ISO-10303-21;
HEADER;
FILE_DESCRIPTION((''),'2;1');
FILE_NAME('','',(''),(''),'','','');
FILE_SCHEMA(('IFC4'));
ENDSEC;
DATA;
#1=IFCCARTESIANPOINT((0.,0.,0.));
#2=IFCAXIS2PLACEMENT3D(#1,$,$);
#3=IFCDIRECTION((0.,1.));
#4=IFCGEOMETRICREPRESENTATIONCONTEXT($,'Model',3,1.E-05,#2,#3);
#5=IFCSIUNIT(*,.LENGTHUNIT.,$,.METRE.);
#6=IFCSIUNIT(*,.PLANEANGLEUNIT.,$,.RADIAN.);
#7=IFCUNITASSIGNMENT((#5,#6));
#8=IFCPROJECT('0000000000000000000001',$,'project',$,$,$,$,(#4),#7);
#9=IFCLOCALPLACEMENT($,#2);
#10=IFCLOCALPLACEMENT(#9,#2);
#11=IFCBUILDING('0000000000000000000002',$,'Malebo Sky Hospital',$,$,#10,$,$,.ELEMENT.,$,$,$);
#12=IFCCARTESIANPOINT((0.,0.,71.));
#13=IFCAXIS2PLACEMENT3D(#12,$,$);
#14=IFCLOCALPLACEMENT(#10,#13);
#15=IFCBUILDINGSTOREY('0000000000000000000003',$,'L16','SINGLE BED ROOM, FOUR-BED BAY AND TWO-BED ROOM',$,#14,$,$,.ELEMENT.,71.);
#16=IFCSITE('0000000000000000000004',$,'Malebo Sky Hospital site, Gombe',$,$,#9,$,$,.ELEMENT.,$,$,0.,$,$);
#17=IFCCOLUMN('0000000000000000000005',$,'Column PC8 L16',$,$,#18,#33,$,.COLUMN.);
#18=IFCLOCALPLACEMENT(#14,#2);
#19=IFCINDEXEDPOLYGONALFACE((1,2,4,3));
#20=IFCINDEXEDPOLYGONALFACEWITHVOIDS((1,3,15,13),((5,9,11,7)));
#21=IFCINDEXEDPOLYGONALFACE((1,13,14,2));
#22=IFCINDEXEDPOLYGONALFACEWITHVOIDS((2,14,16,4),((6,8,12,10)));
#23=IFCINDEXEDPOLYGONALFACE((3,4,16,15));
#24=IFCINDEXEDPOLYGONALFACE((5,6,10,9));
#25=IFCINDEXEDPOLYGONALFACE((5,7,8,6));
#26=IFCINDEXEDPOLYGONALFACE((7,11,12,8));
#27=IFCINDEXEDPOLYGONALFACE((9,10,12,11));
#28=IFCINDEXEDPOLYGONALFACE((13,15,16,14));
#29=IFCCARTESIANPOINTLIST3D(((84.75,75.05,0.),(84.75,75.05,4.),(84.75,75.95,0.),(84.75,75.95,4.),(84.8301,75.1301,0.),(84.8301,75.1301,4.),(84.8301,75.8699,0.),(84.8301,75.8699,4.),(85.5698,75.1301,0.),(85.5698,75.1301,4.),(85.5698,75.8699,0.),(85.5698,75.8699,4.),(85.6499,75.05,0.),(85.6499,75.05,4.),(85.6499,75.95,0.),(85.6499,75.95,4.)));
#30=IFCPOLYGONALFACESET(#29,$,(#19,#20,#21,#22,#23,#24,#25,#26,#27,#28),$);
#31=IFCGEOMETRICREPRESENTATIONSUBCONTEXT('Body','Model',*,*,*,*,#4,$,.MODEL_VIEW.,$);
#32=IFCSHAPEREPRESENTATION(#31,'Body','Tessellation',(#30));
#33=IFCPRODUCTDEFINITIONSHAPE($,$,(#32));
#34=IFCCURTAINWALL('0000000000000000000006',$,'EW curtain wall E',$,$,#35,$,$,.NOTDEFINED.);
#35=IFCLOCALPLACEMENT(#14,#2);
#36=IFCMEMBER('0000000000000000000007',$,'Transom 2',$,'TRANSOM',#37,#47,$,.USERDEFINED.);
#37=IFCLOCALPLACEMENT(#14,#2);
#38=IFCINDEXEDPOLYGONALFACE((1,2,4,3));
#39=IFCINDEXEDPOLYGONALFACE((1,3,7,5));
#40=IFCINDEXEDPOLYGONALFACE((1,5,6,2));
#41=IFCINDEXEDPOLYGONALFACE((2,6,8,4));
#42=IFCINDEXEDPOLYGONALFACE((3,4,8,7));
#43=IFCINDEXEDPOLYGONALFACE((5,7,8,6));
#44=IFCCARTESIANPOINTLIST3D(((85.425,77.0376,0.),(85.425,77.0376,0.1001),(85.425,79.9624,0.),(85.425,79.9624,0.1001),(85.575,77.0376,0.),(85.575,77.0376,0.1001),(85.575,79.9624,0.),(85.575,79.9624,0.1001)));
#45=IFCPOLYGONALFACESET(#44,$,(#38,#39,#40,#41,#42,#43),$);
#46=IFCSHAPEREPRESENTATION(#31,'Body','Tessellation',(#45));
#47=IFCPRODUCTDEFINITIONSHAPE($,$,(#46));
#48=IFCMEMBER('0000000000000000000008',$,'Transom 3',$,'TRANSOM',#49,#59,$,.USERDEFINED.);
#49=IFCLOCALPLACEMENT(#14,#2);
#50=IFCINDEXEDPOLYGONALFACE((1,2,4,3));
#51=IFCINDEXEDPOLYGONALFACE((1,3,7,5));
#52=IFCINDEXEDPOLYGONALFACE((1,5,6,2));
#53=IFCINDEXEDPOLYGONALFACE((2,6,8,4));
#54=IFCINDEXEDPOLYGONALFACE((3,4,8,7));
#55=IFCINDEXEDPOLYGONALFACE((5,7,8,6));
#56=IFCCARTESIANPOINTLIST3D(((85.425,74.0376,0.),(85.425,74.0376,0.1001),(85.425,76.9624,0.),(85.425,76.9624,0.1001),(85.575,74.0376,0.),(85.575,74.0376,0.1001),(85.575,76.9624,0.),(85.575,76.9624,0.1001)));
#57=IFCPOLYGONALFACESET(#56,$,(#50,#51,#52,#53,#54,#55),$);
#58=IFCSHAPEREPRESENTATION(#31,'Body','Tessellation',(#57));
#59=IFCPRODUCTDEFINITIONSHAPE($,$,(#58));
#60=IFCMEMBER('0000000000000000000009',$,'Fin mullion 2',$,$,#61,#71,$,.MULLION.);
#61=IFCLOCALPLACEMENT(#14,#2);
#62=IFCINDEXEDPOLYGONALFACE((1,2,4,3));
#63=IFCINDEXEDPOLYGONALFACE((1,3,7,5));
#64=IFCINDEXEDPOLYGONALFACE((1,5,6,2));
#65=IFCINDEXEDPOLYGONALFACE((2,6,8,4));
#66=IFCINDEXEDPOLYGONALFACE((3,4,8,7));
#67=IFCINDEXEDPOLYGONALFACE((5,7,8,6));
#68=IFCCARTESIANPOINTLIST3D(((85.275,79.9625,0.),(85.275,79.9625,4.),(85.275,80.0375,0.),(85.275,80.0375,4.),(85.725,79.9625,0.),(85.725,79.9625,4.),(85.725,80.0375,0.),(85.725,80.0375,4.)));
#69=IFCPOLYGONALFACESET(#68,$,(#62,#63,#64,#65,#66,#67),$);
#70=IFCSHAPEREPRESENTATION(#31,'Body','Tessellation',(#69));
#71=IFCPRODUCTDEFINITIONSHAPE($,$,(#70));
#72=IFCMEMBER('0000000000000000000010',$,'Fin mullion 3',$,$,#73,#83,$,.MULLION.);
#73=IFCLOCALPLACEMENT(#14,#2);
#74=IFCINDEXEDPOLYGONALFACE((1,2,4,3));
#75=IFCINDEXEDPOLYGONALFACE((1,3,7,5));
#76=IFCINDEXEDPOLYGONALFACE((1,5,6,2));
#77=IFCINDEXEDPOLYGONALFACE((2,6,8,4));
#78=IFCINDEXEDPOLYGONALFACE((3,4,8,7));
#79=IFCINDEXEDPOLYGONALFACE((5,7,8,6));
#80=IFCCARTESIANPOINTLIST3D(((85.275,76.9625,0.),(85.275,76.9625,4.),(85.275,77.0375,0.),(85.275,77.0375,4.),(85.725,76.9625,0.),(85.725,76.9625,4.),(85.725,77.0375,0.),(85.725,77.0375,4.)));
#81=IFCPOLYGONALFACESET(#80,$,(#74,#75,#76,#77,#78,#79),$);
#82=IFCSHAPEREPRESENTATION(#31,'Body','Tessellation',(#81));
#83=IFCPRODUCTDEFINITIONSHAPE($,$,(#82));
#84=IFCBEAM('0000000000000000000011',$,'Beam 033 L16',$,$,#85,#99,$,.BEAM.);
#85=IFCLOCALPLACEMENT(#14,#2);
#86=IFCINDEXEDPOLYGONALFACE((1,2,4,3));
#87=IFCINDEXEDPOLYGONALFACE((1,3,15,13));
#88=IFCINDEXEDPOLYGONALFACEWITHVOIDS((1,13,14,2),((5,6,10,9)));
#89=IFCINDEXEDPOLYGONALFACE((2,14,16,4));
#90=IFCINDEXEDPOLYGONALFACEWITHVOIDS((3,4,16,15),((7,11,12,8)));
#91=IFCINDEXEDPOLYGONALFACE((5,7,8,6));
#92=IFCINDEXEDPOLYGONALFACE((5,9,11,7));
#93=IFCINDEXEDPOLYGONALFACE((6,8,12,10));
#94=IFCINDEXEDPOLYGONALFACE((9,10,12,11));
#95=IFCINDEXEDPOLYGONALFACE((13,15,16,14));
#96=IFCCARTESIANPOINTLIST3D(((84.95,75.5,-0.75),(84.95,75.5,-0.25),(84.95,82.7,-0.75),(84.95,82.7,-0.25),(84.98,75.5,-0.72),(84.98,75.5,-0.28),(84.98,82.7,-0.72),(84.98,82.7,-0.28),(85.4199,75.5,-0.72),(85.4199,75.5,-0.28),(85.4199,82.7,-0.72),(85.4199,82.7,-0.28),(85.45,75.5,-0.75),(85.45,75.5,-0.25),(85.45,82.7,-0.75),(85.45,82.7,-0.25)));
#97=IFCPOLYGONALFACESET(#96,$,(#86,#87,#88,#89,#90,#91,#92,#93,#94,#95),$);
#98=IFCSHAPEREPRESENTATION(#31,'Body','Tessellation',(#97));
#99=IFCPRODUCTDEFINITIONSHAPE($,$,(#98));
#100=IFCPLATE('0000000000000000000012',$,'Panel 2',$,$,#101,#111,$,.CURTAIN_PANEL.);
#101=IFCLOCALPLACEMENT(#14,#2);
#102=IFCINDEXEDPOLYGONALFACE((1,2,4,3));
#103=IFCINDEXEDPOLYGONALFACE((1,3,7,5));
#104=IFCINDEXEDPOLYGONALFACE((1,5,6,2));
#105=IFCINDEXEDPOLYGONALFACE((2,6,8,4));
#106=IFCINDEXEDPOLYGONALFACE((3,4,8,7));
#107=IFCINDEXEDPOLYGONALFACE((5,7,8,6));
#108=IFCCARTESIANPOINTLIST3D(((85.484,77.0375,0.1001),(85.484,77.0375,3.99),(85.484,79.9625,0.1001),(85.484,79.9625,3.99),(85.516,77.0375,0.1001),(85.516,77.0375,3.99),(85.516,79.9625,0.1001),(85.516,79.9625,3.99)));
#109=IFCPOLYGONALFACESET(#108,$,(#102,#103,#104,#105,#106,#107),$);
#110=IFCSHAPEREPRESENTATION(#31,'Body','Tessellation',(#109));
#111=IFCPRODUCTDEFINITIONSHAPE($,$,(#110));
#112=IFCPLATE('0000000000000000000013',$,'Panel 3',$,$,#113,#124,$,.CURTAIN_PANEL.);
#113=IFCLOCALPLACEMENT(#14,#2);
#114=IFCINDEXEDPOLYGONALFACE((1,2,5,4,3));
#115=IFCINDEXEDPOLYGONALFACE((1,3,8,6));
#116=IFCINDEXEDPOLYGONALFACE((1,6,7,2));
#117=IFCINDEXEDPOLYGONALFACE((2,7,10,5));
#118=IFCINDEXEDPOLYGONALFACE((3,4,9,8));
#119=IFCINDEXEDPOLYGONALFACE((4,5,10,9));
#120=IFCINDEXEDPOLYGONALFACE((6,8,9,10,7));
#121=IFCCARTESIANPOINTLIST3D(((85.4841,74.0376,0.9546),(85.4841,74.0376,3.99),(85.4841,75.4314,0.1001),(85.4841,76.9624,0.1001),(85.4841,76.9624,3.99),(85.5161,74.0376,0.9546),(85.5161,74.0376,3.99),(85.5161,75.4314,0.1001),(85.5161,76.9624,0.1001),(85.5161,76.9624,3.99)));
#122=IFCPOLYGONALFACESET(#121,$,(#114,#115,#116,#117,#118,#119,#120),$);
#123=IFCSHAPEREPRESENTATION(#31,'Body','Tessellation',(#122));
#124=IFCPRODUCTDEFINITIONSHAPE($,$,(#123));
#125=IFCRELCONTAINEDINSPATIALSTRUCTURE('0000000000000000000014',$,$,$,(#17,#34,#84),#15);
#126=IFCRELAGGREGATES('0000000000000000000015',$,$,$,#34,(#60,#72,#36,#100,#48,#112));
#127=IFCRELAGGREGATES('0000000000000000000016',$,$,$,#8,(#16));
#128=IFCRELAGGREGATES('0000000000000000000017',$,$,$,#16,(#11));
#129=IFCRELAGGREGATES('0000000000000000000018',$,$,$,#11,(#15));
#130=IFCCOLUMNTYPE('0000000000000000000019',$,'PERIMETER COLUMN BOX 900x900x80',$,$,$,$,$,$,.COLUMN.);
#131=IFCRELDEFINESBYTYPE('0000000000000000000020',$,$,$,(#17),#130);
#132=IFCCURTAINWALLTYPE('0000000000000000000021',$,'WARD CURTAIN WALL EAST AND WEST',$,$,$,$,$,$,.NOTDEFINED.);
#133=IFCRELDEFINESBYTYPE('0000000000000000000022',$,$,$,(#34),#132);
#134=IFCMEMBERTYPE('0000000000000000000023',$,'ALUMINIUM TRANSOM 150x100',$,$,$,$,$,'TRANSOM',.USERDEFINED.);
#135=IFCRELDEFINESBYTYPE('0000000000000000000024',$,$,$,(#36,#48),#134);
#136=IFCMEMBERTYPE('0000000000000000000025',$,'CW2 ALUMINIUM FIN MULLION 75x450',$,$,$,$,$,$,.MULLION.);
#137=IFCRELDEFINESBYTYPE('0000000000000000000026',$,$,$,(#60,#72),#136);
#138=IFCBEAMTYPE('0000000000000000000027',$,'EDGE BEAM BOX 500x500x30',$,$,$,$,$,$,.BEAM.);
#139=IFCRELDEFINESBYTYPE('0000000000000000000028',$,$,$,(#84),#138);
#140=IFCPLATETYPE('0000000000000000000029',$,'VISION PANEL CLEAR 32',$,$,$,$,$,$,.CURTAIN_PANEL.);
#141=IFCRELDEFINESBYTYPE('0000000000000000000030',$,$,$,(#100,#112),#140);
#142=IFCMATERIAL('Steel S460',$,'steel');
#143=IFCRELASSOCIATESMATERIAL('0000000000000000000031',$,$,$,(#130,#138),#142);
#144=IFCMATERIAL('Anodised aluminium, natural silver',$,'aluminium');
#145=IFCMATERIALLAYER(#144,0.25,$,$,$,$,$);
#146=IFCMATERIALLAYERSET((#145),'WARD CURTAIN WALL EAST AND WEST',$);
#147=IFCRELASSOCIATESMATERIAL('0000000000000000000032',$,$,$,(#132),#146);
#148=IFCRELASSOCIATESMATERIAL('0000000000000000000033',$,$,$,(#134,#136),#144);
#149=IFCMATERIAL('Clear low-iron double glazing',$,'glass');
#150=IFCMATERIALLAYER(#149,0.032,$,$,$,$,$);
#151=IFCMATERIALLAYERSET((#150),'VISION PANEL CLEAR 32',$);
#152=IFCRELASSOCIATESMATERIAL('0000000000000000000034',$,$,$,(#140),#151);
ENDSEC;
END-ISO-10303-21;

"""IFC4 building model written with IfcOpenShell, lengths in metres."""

from ifc_helpers import new_model, si_unit, direction, frame, origin, origin_2d, place, context, subcontext, project, spatial, polyline, rectangle, hollow_rectangle, outline, extrude, material, layer, layer_set, material_profile, profile_set, type_object, element, aggregate, save


model = new_model("IFC4")

# Units and contexts
model_context = context("Model", 3, precision=1e-05, world=origin(), true_north=direction((0.0, 1.0)))
body_context = subcontext(model_context, "Body", "Model", "MODEL_VIEW")
ifc_project = project(units=[si_unit("LENGTHUNIT", "METRE"), si_unit("PLANEANGLEUNIT", "RADIAN")], contexts=[model_context])

# Site, building, storey
site_placement = place(None, origin())
site = spatial("IfcSite", under=ifc_project, at=site_placement, Name="Malebo Sky Hospital site, Gombe", CompositionType="ELEMENT", RefElevation=0.0)
building_placement = place(site_placement, origin())
building = spatial("IfcBuilding", under=site, at=building_placement, Name="Malebo Sky Hospital", CompositionType="ELEMENT")
storey_placement = place(building_placement, frame((0.0, 0.0, 71.0)))
storey = spatial("IfcBuildingStorey", under=building, at=storey_placement, Name="L16", Description="SINGLE BED ROOM, FOUR-BED BAY AND TWO-BED ROOM", CompositionType="ELEMENT", Elevation=71.0)

# Column
ifc_material_1 = material(Name="Steel S460", Category="steel")
ifc_material_profile_1 = material_profile(ifc_material_1, hollow_rectangle(XDim=0.8999, YDim=0.8999, WallThickness=0.0801, at=origin_2d()), Name="BOX 900x900x80")
ifc_profile_set_1 = profile_set([ifc_material_profile_1], Name="Steel S460")
column_type = type_object("IfcColumnType", Name="PERIMETER COLUMN BOX 900x900x80", PredefinedType="COLUMN", material=ifc_profile_set_1)
column_placement = place(storey_placement, frame((85.2, 75.5, 0.0), z_axis=(0.0, 0.0, 1.0), x_axis=(1.0, 0.0, 0.0)))
element("IfcColumn", 1, at=column_placement, inside=storey, type_object=column_type, Name="Column PC8 L16", PredefinedType="COLUMN", context=body_context, shape_type="SweptSolid", body=[
    extrude(hollow_rectangle(XDim=0.8999, YDim=0.8999, WallThickness=0.0801, at=origin_2d()), origin(), (0.0, 0.0, 1.0), 4.0),
])

# Curtain wall, members
ifc_material_2 = material(Name="Anodised aluminium, natural silver", Category="aluminium")
ifc_layer_1 = layer(ifc_material_2, 0.25)
ifc_layer_set_1 = layer_set([ifc_layer_1], Name="WARD CURTAIN WALL EAST AND WEST")
curtain_wall_type = type_object("IfcCurtainWallType", Name="WARD CURTAIN WALL EAST AND WEST", PredefinedType="NOTDEFINED", material=ifc_layer_set_1)
curtain_wall_placement = place(storey_placement, origin())
curtain_wall = element("IfcCurtainWall", 2, at=curtain_wall_placement, inside=storey, type_object=curtain_wall_type, Name="EW curtain wall E", PredefinedType="NOTDEFINED")
ifc_material_profile_2 = material_profile(ifc_material_2, rectangle(XDim=0.1499, YDim=0.1001, at=origin_2d()), Name="ALUMINIUM TRANSOM 150x100")
ifc_profile_set_2 = profile_set([ifc_material_profile_2], Name="Anodised aluminium, natural silver")
member_type_1 = type_object("IfcMemberType", Name="ALUMINIUM TRANSOM 150x100", ElementType="TRANSOM", PredefinedType="USERDEFINED", material=ifc_profile_set_2)
member_1_placement = place(storey_placement, frame((85.5, 79.9624, 0.05), z_axis=(0.0, -1.0, 0.0), x_axis=(1.0, 0.0, 0.0)))
member_1 = element("IfcMember", 3, at=member_1_placement, type_object=member_type_1, Name="Transom 2", ObjectType="TRANSOM", PredefinedType="USERDEFINED", context=body_context, shape_type="SweptSolid", body=[
    extrude(rectangle(XDim=0.1499, YDim=0.1001, at=origin_2d()), origin(), (0.0, 0.0, 1.0), 2.9248),
])
member_2_placement = place(storey_placement, frame((85.5, 76.9624, 0.05), z_axis=(0.0, -1.0, 0.0), x_axis=(1.0, 0.0, 0.0)))
member_2 = element("IfcMember", 4, at=member_2_placement, type_object=member_type_1, Name="Transom 3", ObjectType="TRANSOM", PredefinedType="USERDEFINED", context=body_context, shape_type="SweptSolid", body=[
    extrude(rectangle(XDim=0.1499, YDim=0.1001, at=origin_2d()), origin(), (0.0, 0.0, 1.0), 2.9248),
])
ifc_material_profile_3 = material_profile(ifc_material_2, rectangle(XDim=0.075, YDim=0.45, at=origin_2d()), Name="CW2 ALUMINIUM FIN MULLION 75x450")
ifc_profile_set_3 = profile_set([ifc_material_profile_3], Name="Anodised aluminium, natural silver")
member_type_2 = type_object("IfcMemberType", Name="CW2 ALUMINIUM FIN MULLION 75x450", PredefinedType="MULLION", material=ifc_profile_set_3)
member_3_placement = place(storey_placement, frame((85.5, 80.0, 0.0), z_axis=(0.0, 0.0, 1.0), x_axis=(0.0, -1.0, 0.0)))
member_3 = element("IfcMember", 5, at=member_3_placement, type_object=member_type_2, Name="Fin mullion 2", PredefinedType="MULLION", context=body_context, shape_type="SweptSolid", body=[
    extrude(rectangle(XDim=0.075, YDim=0.45, at=origin_2d()), origin(), (0.0, 0.0, 1.0), 4.0),
])
member_4_placement = place(storey_placement, frame((85.5, 77.0, 0.0), z_axis=(0.0, 0.0, 1.0), x_axis=(0.0, -1.0, 0.0)))
member_4 = element("IfcMember", 6, at=member_4_placement, type_object=member_type_2, Name="Fin mullion 3", PredefinedType="MULLION", context=body_context, shape_type="SweptSolid", body=[
    extrude(rectangle(XDim=0.075, YDim=0.45, at=origin_2d()), origin(), (0.0, 0.0, 1.0), 4.0),
])

# Beam
ifc_material_profile_4 = material_profile(ifc_material_1, hollow_rectangle(XDim=0.5, YDim=0.5, WallThickness=0.03, at=origin_2d()), Name="BOX 500x500x30")
ifc_profile_set_4 = profile_set([ifc_material_profile_4], Name="Steel S460")
beam_type = type_object("IfcBeamType", Name="EDGE BEAM BOX 500x500x30", PredefinedType="BEAM", material=ifc_profile_set_4)
beam_placement = place(storey_placement, frame((85.2, 75.5, -0.5), z_axis=(0.0, 1.0, 0.0), x_axis=(-1.0, 0.0, 0.0)))
element("IfcBeam", 7, at=beam_placement, inside=storey, type_object=beam_type, Name="Beam 033 L16", PredefinedType="BEAM", context=body_context, shape_type="SweptSolid", body=[
    extrude(hollow_rectangle(XDim=0.5, YDim=0.5, WallThickness=0.03, at=origin_2d()), origin(), (0.0, 0.0, 1.0), 7.2),
])

# Plates
ifc_material_3 = material(Name="Clear low-iron double glazing", Category="glass")
ifc_layer_2 = layer(ifc_material_3, 0.032)
ifc_layer_set_2 = layer_set([ifc_layer_2], Name="VISION PANEL CLEAR 32")
plate_type = type_object("IfcPlateType", Name="VISION PANEL CLEAR 32", PredefinedType="CURTAIN_PANEL", material=ifc_layer_set_2)
plate_1_placement = place(storey_placement, frame((85.5, 78.5, 0.1001), z_axis=(0.0, 0.0, 1.0), x_axis=(0.0, -1.0, 0.0)))
plate_1 = element("IfcPlate", 8, at=plate_1_placement, type_object=plate_type, Name="Panel 2", PredefinedType="CURTAIN_PANEL", context=body_context, shape_type="SweptSolid", body=[
    extrude(rectangle(XDim=2.925, YDim=0.032, at=origin_2d()), origin(), (0.0, 0.0, 1.0), 3.8899),
])
plate_2_placement = place(storey_placement, frame((85.5, 75.5, 0.1001), z_axis=(0.0, 0.0, 1.0), x_axis=(0.0, -1.0, 0.0)))
plate_2 = element("IfcPlate", 9, at=plate_2_placement, type_object=plate_type, Name="Panel 3", PredefinedType="CURTAIN_PANEL", context=body_context, shape_type="SweptSolid", body=[
    extrude(outline(polyline([(-1.4624, 0.0), (0.0686, 0.0), (1.4624, 0.8545), (1.4624, 3.8899), (-1.4624, 3.8899), (-1.4624, 0.0)])), frame((0.0, 0.0161, 0.0), z_axis=(0.0, -1.0, 0.0), x_axis=(1.0, 0.0, 0.0)), (0.0, 0.0, 1.0), 0.032),
])
aggregate(curtain_wall, [member_3, member_4, member_1, plate_1, member_2, plate_2])

save(model, "model.ifc")
